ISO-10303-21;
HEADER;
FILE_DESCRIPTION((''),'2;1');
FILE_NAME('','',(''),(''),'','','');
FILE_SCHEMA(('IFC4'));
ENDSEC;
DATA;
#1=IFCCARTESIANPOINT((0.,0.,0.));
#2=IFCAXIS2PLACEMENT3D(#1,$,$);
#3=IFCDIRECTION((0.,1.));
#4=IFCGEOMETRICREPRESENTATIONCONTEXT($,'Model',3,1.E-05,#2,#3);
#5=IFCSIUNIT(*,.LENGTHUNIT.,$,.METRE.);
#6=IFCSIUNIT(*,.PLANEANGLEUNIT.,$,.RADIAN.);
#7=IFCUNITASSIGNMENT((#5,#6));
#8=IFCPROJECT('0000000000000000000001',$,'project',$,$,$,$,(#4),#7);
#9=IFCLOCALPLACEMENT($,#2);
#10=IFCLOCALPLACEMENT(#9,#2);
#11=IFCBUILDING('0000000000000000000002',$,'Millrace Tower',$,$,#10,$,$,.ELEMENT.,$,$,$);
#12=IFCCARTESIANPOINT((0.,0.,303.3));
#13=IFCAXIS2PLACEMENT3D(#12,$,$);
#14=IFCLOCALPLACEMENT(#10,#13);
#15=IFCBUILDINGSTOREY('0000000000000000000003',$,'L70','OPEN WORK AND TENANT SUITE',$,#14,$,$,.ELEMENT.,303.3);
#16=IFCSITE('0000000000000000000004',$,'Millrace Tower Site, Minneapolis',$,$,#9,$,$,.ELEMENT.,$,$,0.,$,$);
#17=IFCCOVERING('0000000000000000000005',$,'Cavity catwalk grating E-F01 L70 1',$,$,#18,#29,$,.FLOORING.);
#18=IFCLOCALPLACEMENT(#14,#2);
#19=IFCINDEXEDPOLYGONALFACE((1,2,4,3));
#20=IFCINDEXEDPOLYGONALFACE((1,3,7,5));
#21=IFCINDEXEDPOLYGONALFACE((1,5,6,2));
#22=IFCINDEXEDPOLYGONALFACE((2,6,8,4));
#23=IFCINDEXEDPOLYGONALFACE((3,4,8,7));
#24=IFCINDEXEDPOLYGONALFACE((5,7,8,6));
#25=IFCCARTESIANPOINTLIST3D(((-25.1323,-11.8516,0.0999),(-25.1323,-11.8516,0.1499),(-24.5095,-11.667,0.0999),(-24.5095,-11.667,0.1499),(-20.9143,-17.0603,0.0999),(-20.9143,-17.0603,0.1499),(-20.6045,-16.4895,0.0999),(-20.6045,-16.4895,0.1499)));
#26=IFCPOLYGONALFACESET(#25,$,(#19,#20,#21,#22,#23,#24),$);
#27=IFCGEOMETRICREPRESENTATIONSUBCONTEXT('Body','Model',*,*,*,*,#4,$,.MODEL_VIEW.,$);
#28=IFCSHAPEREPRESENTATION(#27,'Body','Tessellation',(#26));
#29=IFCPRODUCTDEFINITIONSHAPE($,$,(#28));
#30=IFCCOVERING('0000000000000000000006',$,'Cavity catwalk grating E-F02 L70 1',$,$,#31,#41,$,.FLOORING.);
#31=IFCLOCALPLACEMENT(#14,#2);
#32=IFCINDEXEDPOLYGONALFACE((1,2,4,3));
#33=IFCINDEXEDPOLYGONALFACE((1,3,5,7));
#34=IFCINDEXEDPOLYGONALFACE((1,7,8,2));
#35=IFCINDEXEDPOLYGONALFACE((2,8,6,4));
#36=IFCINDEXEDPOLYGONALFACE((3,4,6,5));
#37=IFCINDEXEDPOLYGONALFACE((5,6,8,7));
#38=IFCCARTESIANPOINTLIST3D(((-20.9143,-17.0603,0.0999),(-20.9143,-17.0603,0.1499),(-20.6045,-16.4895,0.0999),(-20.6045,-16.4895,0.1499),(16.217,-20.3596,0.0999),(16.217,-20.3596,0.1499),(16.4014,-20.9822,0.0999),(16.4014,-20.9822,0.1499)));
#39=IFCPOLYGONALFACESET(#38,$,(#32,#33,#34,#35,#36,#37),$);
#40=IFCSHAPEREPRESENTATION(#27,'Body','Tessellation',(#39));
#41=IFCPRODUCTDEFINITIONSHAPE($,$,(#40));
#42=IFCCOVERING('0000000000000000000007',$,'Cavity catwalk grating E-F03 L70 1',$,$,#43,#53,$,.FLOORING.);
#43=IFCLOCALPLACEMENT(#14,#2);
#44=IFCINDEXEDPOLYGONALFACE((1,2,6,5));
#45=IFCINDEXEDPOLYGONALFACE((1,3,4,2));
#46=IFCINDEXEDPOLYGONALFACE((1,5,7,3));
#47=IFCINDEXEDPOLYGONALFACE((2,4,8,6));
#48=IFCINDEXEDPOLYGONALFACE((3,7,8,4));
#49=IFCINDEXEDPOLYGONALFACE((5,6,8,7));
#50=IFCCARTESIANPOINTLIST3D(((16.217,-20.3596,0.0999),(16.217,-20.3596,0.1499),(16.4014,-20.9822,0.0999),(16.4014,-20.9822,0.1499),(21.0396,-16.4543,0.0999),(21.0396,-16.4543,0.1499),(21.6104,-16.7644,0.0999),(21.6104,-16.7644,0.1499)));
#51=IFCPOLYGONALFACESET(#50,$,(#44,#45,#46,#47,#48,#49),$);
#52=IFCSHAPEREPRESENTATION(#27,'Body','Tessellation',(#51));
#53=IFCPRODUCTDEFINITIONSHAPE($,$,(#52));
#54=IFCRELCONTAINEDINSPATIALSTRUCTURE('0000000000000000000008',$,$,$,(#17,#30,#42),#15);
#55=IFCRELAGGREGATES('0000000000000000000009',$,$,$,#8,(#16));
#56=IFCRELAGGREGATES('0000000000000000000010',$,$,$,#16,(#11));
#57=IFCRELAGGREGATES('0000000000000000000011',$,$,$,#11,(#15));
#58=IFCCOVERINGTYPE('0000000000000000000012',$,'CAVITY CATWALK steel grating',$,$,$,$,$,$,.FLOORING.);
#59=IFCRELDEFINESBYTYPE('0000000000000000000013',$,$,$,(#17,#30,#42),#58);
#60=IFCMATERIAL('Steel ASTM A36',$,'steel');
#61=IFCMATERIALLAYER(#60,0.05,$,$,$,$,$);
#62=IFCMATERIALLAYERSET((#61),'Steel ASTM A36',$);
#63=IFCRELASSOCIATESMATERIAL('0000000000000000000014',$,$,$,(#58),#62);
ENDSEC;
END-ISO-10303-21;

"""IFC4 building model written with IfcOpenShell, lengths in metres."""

from ifc_helpers import new_model, si_unit, direction, frame, origin, place, context, subcontext, project, spatial, polyline, outline, extrude, material, layer, layer_set, type_object, element, save


model = new_model("IFC4")

# Units and contexts
model_context = context("Model", 3, precision=1e-05, world=origin(), true_north=direction((0.0, 1.0)))
body_context = subcontext(model_context, "Body", "Model", "MODEL_VIEW")
ifc_project = project(units=[si_unit("LENGTHUNIT", "METRE"), si_unit("PLANEANGLEUNIT", "RADIAN")], contexts=[model_context])

# Site, building, storey
site_placement = place(None, origin())
site = spatial("IfcSite", under=ifc_project, at=site_placement, Name="Millrace Tower Site, Minneapolis", CompositionType="ELEMENT", RefElevation=0.0)
building_placement = place(site_placement, origin())
building = spatial("IfcBuilding", under=site, at=building_placement, Name="Millrace Tower", CompositionType="ELEMENT")
storey_placement = place(building_placement, frame((0.0, 0.0, 303.3)))
storey = spatial("IfcBuildingStorey", under=building, at=storey_placement, Name="L70", Description="OPEN WORK AND TENANT SUITE", CompositionType="ELEMENT", Elevation=303.3)

# Coverings
ifc_material_1 = material(Name="Steel ASTM A36", Category="steel")
ifc_layer_1 = layer(ifc_material_1, 0.05)
ifc_layer_set_1 = layer_set([ifc_layer_1], Name="Steel ASTM A36")
covering_type = type_object("IfcCoveringType", Name="CAVITY CATWALK steel grating", PredefinedType="FLOORING", material=ifc_layer_set_1)
placement_1 = place(storey_placement, frame((0.0, 0.0, 0.0999)))
element("IfcCovering", 1, at=placement_1, inside=storey, type_object=covering_type, Name="Cavity catwalk grating E-F01 L70 1", PredefinedType="FLOORING", context=body_context, shape_type="SweptSolid", body=[
    extrude(outline(polyline([(-25.1323, -11.8516), (-20.9143, -17.0603), (-20.6045, -16.4895), (-24.5095, -11.667), (-25.1323, -11.8516)])), origin(), (0.0, 0.0, 1.0), 0.05),
])
element("IfcCovering", 2, at=placement_1, inside=storey, type_object=covering_type, Name="Cavity catwalk grating E-F02 L70 1", PredefinedType="FLOORING", context=body_context, shape_type="SweptSolid", body=[
    extrude(outline(polyline([(-20.9143, -17.0603), (16.4014, -20.9822), (16.217, -20.3596), (-20.6045, -16.4895), (-20.9143, -17.0603)])), origin(), (0.0, 0.0, 1.0), 0.05),
])
element("IfcCovering", 3, at=placement_1, inside=storey, type_object=covering_type, Name="Cavity catwalk grating E-F03 L70 1", PredefinedType="FLOORING", context=body_context, shape_type="SweptSolid", body=[
    extrude(outline(polyline([(16.4014, -20.9822), (21.6104, -16.7644), (21.0396, -16.4543), (16.217, -20.3596), (16.4014, -20.9822)])), origin(), (0.0, 0.0, 1.0), 0.05),
])

save(model, "model.ifc")
